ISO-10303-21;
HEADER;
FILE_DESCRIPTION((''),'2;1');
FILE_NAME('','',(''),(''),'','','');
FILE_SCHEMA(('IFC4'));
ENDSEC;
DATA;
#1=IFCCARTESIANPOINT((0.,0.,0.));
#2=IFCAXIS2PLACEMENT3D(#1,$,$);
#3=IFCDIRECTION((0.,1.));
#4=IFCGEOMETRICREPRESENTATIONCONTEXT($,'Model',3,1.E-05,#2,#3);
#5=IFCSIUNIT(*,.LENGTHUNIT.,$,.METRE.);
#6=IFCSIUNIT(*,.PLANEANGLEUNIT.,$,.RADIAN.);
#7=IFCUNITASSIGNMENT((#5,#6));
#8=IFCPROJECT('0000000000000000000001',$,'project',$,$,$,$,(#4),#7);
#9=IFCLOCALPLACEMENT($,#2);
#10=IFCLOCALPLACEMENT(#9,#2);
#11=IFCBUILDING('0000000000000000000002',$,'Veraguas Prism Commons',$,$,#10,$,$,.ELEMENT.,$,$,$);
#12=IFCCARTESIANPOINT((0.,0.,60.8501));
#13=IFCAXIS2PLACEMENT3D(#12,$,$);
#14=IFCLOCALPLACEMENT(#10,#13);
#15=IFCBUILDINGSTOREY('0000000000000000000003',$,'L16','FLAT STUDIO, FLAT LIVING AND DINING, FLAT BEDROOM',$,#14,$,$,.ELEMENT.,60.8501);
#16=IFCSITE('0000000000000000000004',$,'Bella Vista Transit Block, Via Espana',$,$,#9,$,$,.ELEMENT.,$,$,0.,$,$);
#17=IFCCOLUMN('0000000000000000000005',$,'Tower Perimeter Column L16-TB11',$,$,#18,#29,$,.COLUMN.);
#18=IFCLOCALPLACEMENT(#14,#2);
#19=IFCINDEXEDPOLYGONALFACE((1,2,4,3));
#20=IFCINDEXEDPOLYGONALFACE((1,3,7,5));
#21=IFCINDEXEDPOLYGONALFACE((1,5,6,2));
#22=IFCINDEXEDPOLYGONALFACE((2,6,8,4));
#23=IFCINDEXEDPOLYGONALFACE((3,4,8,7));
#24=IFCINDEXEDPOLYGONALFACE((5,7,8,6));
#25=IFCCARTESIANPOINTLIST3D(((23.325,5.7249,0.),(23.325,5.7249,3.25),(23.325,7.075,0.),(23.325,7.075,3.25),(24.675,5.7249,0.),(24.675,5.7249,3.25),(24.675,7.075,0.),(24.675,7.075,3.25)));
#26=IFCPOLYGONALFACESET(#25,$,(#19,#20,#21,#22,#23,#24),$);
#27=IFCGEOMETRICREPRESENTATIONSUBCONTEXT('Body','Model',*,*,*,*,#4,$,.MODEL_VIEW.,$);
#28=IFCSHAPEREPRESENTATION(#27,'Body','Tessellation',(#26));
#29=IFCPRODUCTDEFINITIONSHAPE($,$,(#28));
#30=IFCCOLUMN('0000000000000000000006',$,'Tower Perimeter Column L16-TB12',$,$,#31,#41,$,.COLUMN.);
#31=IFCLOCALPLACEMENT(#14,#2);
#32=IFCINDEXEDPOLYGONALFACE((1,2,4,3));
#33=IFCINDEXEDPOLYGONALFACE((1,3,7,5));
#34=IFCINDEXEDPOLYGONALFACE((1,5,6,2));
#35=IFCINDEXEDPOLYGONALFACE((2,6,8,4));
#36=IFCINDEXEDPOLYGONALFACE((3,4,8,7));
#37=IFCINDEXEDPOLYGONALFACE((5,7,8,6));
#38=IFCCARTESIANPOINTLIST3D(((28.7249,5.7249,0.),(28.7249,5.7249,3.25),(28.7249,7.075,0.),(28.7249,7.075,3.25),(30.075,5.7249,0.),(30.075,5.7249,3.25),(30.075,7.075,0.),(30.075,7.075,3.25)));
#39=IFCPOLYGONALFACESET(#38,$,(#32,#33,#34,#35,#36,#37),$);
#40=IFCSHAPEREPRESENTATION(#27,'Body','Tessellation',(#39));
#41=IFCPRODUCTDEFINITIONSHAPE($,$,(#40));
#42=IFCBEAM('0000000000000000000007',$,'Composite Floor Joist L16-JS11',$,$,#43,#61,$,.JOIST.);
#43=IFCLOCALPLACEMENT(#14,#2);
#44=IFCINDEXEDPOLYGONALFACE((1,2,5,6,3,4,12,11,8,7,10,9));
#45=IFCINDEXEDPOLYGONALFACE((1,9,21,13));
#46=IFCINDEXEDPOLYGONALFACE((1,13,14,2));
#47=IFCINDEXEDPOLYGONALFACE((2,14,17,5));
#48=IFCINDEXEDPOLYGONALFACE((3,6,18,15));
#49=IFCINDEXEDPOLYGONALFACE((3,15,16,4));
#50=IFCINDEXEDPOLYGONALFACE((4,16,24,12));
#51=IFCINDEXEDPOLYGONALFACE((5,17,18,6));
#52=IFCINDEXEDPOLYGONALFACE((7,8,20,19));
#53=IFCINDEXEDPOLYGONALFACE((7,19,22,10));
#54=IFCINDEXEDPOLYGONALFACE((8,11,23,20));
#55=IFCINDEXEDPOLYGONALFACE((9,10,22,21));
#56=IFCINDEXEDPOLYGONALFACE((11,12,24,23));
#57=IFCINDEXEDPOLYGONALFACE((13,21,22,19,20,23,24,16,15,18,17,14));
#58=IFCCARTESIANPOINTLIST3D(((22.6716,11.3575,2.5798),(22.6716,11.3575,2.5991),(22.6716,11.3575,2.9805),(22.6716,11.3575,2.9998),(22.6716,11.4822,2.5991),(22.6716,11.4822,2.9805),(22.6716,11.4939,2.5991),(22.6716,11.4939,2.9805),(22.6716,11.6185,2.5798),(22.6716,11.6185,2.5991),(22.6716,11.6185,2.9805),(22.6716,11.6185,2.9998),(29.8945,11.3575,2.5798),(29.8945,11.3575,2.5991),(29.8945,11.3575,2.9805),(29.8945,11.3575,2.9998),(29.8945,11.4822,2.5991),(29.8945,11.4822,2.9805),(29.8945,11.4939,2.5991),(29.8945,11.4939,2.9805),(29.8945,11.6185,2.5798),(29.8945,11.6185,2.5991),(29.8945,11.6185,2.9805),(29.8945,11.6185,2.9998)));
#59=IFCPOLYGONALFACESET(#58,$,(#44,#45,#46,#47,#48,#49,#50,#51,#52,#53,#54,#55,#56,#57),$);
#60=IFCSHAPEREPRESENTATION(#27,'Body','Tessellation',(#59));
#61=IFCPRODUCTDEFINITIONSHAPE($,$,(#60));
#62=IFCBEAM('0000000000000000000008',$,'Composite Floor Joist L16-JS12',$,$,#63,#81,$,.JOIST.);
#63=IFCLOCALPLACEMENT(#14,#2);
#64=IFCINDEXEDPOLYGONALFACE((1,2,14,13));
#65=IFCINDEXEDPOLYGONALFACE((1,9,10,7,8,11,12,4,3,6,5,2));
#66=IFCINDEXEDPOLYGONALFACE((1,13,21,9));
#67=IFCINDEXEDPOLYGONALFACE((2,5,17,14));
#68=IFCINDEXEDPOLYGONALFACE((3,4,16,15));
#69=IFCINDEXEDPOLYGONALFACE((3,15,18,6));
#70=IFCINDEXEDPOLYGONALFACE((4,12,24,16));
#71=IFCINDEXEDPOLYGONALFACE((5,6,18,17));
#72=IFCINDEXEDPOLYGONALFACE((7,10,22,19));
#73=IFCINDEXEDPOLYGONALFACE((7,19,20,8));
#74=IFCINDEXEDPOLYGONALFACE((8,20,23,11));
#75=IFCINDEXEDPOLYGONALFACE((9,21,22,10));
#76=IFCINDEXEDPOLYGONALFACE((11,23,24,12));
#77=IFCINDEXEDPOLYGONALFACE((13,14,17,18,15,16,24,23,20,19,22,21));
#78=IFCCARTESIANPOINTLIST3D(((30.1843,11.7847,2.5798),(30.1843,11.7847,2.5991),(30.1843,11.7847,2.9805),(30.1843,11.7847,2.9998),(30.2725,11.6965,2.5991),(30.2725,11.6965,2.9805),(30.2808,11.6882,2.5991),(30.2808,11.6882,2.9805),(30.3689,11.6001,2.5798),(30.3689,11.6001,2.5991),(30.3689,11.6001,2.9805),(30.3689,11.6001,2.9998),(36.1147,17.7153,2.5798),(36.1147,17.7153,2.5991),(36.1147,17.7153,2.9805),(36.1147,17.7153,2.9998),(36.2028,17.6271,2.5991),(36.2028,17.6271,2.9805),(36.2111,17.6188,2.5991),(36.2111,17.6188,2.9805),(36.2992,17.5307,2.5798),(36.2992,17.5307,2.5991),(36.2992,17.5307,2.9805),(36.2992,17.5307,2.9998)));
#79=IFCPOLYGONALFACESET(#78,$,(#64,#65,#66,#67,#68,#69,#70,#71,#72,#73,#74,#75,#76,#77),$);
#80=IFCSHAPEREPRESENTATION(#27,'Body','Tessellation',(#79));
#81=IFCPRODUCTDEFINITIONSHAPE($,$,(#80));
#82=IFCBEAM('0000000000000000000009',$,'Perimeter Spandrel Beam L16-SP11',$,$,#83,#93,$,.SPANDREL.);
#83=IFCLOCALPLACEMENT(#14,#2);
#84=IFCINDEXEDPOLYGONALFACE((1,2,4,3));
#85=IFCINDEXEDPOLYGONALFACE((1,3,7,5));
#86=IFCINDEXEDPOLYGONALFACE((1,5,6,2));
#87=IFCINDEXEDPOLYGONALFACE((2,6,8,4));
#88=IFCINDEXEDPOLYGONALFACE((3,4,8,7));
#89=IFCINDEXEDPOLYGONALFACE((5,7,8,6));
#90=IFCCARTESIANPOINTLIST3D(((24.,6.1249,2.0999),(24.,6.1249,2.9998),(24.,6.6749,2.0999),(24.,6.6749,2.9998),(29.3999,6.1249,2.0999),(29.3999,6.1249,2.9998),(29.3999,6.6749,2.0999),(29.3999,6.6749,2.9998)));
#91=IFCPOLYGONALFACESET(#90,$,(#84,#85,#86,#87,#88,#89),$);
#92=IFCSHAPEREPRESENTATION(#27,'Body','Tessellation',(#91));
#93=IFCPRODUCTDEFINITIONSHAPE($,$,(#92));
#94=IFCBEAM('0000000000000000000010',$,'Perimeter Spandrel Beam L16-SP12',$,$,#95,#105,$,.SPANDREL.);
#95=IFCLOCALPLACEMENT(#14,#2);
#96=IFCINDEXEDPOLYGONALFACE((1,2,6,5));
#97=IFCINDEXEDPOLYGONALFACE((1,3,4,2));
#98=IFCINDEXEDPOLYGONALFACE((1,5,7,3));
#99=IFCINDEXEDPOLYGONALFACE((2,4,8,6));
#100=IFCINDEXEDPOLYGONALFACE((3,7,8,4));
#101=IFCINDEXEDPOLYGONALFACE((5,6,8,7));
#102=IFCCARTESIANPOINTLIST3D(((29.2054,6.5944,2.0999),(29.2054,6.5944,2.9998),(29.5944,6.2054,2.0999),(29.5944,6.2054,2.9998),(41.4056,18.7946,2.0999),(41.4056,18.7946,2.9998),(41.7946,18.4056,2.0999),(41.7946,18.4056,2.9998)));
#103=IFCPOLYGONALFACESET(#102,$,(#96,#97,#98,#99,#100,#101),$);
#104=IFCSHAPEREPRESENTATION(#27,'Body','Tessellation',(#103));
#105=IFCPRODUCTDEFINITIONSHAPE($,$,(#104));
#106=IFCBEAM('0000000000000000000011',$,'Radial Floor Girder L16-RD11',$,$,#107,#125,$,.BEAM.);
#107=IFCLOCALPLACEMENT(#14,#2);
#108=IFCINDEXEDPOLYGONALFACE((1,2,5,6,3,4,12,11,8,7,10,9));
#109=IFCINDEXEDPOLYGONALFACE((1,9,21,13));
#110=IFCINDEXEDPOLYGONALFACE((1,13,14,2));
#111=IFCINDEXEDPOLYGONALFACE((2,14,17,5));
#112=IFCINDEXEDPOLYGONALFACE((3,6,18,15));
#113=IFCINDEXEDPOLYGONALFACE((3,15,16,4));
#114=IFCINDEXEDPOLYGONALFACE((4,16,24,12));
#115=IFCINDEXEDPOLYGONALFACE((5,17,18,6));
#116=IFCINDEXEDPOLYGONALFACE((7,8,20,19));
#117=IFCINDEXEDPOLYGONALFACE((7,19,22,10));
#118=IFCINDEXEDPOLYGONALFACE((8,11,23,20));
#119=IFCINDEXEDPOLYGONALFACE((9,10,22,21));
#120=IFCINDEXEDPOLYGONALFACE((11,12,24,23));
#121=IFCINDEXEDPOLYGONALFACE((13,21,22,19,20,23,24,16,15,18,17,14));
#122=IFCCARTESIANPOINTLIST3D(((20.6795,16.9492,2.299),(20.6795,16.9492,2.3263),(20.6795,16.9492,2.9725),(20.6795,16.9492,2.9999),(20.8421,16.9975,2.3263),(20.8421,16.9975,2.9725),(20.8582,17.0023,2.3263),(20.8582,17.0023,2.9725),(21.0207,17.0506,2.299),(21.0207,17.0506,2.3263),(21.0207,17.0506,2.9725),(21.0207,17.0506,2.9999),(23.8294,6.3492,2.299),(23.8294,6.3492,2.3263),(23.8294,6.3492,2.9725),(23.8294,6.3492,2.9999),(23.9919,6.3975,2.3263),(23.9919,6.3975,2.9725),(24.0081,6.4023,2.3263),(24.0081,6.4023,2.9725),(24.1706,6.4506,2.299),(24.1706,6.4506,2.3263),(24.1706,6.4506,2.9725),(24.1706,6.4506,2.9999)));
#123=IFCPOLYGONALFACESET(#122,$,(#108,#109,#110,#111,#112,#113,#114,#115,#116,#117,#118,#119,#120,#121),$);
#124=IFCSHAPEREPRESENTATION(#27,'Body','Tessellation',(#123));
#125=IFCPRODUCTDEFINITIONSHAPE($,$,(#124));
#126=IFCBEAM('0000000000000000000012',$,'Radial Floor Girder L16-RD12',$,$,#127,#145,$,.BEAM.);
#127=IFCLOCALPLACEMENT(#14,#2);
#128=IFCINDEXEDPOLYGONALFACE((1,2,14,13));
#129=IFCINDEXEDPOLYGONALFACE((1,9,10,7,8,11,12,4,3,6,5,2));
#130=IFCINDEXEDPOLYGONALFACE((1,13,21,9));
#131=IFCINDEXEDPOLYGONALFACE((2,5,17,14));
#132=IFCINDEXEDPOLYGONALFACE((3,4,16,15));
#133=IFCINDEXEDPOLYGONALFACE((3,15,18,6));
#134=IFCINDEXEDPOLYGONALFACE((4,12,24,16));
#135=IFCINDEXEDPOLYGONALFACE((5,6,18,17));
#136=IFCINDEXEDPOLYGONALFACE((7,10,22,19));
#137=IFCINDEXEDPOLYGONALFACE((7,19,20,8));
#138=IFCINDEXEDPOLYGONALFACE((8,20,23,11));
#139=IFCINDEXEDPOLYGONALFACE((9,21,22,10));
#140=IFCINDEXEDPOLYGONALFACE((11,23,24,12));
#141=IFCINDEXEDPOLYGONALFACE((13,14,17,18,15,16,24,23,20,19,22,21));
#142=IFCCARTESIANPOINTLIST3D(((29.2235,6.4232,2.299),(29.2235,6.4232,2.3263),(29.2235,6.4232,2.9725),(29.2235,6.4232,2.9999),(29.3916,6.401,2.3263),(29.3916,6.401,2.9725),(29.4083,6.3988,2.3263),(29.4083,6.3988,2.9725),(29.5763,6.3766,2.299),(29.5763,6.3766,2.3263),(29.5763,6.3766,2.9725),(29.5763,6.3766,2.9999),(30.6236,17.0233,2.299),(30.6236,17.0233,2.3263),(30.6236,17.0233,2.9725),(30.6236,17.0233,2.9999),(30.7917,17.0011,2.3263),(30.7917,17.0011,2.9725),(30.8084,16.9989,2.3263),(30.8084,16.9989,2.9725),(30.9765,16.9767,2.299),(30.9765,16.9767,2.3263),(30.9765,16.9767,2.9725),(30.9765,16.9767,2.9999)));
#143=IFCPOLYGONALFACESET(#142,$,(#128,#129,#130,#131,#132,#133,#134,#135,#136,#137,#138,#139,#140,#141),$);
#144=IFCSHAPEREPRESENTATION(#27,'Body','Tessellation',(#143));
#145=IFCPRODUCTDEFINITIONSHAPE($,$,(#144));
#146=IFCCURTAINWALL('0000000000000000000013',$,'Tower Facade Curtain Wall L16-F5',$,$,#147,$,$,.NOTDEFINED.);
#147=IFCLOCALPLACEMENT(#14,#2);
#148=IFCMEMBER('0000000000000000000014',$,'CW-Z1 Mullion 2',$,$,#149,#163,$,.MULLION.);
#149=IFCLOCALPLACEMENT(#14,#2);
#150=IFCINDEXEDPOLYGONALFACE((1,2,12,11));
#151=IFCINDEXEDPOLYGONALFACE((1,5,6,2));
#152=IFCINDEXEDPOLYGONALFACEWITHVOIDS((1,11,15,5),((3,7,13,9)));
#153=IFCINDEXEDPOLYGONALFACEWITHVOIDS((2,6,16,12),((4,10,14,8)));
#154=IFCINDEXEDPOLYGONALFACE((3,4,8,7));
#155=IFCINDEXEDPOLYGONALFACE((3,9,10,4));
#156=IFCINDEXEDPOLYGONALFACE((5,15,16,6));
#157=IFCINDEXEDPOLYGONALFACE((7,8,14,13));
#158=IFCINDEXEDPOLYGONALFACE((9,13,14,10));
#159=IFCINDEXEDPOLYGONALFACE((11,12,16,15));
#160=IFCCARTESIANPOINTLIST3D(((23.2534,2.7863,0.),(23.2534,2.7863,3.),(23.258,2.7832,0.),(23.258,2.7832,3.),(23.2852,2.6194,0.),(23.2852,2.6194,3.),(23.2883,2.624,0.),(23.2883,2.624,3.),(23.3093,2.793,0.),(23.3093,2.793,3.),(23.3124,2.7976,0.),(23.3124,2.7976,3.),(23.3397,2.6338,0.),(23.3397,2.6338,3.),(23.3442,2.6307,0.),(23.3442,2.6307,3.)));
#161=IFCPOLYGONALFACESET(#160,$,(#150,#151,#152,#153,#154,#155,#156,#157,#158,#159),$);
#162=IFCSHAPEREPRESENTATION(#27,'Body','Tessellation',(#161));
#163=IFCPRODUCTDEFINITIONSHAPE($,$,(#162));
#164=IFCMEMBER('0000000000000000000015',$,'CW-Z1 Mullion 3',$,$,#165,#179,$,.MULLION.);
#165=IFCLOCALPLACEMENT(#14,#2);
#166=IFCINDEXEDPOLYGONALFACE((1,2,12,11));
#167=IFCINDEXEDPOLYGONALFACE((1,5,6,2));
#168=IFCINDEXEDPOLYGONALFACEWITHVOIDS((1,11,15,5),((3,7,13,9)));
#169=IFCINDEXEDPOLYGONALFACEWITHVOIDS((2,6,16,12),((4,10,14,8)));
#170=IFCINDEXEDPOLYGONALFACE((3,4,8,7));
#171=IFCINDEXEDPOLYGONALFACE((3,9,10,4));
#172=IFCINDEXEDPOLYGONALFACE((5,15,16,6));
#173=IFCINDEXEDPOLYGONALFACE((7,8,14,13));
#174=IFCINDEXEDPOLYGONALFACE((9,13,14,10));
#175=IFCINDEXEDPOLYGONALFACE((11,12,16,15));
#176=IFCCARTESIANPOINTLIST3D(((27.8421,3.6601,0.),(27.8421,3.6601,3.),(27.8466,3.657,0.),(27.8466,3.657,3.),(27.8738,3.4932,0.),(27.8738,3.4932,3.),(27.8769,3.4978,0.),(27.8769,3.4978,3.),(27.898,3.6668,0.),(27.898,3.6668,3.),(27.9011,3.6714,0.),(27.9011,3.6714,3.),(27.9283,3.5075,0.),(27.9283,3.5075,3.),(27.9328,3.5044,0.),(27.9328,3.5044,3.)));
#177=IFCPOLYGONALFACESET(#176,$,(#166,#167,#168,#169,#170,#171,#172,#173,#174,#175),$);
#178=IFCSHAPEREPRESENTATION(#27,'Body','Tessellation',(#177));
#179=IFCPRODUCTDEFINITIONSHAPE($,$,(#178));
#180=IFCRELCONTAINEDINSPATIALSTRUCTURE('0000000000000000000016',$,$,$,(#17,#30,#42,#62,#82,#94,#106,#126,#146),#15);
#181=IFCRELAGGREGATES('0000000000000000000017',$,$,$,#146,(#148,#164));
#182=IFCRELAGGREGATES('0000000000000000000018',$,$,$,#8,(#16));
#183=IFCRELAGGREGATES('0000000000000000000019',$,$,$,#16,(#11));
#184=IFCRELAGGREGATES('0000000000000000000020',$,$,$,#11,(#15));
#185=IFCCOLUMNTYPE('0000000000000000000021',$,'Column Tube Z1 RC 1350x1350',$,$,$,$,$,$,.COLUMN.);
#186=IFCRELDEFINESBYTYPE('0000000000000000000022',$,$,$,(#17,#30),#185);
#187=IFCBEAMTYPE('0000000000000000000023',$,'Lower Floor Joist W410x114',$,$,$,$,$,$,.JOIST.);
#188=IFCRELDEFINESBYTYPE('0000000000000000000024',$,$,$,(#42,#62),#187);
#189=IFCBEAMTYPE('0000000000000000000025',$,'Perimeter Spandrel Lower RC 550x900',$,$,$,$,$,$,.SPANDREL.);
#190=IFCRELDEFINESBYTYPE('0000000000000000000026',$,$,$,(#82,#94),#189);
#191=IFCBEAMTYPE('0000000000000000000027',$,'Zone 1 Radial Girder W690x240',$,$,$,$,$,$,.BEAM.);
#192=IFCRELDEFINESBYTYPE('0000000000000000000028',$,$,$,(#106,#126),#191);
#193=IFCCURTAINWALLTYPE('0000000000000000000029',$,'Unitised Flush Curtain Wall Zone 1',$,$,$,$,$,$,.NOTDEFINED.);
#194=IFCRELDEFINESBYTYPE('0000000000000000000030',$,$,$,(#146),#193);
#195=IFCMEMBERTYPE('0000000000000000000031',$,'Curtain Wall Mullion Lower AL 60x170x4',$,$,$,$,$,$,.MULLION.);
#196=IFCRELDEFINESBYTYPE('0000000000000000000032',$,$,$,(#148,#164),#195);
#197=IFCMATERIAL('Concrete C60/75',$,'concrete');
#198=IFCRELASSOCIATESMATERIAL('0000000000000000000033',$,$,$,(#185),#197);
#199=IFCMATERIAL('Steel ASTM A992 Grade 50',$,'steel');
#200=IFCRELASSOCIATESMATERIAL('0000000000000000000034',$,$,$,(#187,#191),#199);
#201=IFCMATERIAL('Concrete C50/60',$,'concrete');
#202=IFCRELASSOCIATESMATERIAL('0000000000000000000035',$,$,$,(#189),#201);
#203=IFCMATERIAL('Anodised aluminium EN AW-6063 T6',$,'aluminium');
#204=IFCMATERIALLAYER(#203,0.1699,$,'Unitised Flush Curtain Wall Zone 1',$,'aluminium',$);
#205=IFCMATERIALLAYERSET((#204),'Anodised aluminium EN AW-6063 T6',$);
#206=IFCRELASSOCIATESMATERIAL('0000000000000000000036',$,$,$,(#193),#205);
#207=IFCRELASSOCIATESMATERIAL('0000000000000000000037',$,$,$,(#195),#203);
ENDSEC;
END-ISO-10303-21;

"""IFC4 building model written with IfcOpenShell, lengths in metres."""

from ifc_helpers import new_model, si_unit, direction, frame, origin, origin_2d, place, context, subcontext, project, spatial, rectangle, hollow_rectangle, i_section, extrude, source, transform, mapped, material, layer, layer_set, material_profile, profile_set, type_object, element, aggregate, save


model = new_model("IFC4")

# Units and contexts
model_context = context("Model", 3, precision=1e-05, world=origin(), true_north=direction((0.0, 1.0)))
body_context = subcontext(model_context, "Body", "Model", "MODEL_VIEW")
ifc_project = project(units=[si_unit("LENGTHUNIT", "METRE"), si_unit("PLANEANGLEUNIT", "RADIAN")], contexts=[model_context])

# Site, building, storey
site_placement = place(None, origin())
site = spatial("IfcSite", under=ifc_project, at=site_placement, Name="Bella Vista Transit Block, Via Espana", CompositionType="ELEMENT", RefElevation=0.0)
building_placement = place(site_placement, origin())
building = spatial("IfcBuilding", under=site, at=building_placement, Name="Veraguas Prism Commons", CompositionType="ELEMENT")
storey_placement = place(building_placement, frame((0.0, 0.0, 60.8501)))
storey = spatial("IfcBuildingStorey", under=building, at=storey_placement, Name="L16", Description="FLAT STUDIO, FLAT LIVING AND DINING, FLAT BEDROOM", CompositionType="ELEMENT", Elevation=60.8501)

# Columns
ifc_material_1 = material(Name="Concrete C60/75", Category="concrete")
ifc_material_profile_1 = material_profile(ifc_material_1, rectangle(XDim=1.3501, YDim=1.3501, at=origin_2d()), Name="RC1350X1350")
ifc_profile_set_1 = profile_set([ifc_material_profile_1], Name="Concrete C60/75")
column_type = type_object("IfcColumnType", Name="Column Tube Z1 RC 1350x1350", PredefinedType="COLUMN", material=ifc_profile_set_1)
for number, where, z_axis, x_axis, name in (
    (1, (24.0, 6.3999, 0.0), (0.0, 0.0, 1.0), (1.0, 0.0, 0.0), "Tower Perimeter Column L16-TB11"),
    (2, (29.3999, 6.3999, 0.0), (0.0, 0.0, 1.0), (1.0, 0.0, 0.0), "Tower Perimeter Column L16-TB12"),
):
    element("IfcColumn", number, at=place(storey_placement, frame(where, z_axis=z_axis, x_axis=x_axis)), inside=storey, type_object=column_type, Name=name, PredefinedType="COLUMN", context=body_context, shape_type="SweptSolid", body=[
        extrude(rectangle(XDim=1.3501, YDim=1.3501, at=origin_2d()), origin(), (0.0, 0.0, 1.0), 3.25),
    ])

# Beams
ifc_material_2 = material(Name="Steel ASTM A992 Grade 50", Category="steel")
ifc_material_profile_2 = material_profile(ifc_material_2, i_section(OverallWidth=0.261, OverallDepth=0.4199, WebThickness=0.0117, FlangeThickness=0.0193, at=origin_2d()), Name="W410X114")
ifc_profile_set_2 = profile_set([ifc_material_profile_2], Name="Steel ASTM A992 Grade 50")
beam_type_1 = type_object("IfcBeamType", Name="Lower Floor Joist W410x114", PredefinedType="JOIST", material=ifc_profile_set_2)
beam_1_placement = place(storey_placement, frame((22.6716, 11.488, 2.7898), z_axis=(1.0, 0.0, 0.0), x_axis=(0.0, 1.0, 0.0)))
element("IfcBeam", 3, at=beam_1_placement, inside=storey, type_object=beam_type_1, Name="Composite Floor Joist L16-JS11", PredefinedType="JOIST", context=body_context, shape_type="SweptSolid", body=[
    extrude(i_section(OverallWidth=0.261, OverallDepth=0.4199, WebThickness=0.0117, FlangeThickness=0.0193, at=origin_2d()), origin(), (0.0, 0.0, 1.0), 7.2229),
])
beam_2_placement = place(storey_placement, frame((30.2766, 11.6924, 2.7898), z_axis=(0.707092, 0.707121, 0.0), x_axis=(-0.707121, 0.707092, 0.0)))
element("IfcBeam", 4, at=beam_2_placement, inside=storey, type_object=beam_type_1, Name="Composite Floor Joist L16-JS12", PredefinedType="JOIST", context=body_context, shape_type="SweptSolid", body=[
    extrude(i_section(OverallWidth=0.261, OverallDepth=0.4199, WebThickness=0.0117, FlangeThickness=0.0193, at=origin_2d()), origin(), (0.0, 0.0, 1.0), 8.387),
])
ifc_material_3 = material(Name="Concrete C50/60", Category="concrete")
ifc_material_profile_3 = material_profile(ifc_material_3, rectangle(XDim=0.55, YDim=0.8999, at=origin_2d()), Name="RC550X900")
ifc_profile_set_3 = profile_set([ifc_material_profile_3], Name="Concrete C50/60")
beam_type_2 = type_object("IfcBeamType", Name="Perimeter Spandrel Lower RC 550x900", PredefinedType="SPANDREL", material=ifc_profile_set_3)
beam_3_placement = place(storey_placement, frame((24.0, 6.3999, 2.5498), z_axis=(1.0, 0.0, 0.0), x_axis=(0.0, 1.0, 0.0)))
element("IfcBeam", 5, at=beam_3_placement, inside=storey, type_object=beam_type_2, Name="Perimeter Spandrel Beam L16-SP11", PredefinedType="SPANDREL", context=body_context, shape_type="SweptSolid", body=[
    extrude(rectangle(XDim=0.55, YDim=0.8999, at=origin_2d()), origin(), (0.0, 0.0, 1.0), 5.3999),
])
beam_4_placement = place(storey_placement, frame((29.3999, 6.3999, 2.5498), z_axis=(0.707107, 0.707107, 0.0), x_axis=(-0.707107, 0.707107, 0.0)))
element("IfcBeam", 6, at=beam_4_placement, inside=storey, type_object=beam_type_2, Name="Perimeter Spandrel Beam L16-SP12", PredefinedType="SPANDREL", context=body_context, shape_type="SweptSolid", body=[
    extrude(rectangle(XDim=0.55, YDim=0.8999, at=origin_2d()), origin(), (0.0, 0.0, 1.0), 17.2537),
])
ifc_material_profile_4 = material_profile(ifc_material_2, i_section(OverallWidth=0.356, OverallDepth=0.7009, WebThickness=0.0168, FlangeThickness=0.0273, at=origin_2d()), Name="W690X240")
ifc_profile_set_4 = profile_set([ifc_material_profile_4], Name="Steel ASTM A992 Grade 50")
beam_type_3 = type_object("IfcBeamType", Name="Zone 1 Radial Girder W690x240", PredefinedType="BEAM", material=ifc_profile_set_4)
beam_5_placement = place(storey_placement, frame((24.0, 6.3999, 2.6494), z_axis=(-0.284847, 0.958573, 0.0), x_axis=(-0.958573, -0.284847, 0.0)))
element("IfcBeam", 7, at=beam_5_placement, inside=storey, type_object=beam_type_3, Name="Radial Floor Girder L16-RD11", PredefinedType="BEAM", context=body_context, shape_type="SweptSolid", body=[
    extrude(i_section(OverallWidth=0.356, OverallDepth=0.7009, WebThickness=0.0168, FlangeThickness=0.0273, at=origin_2d()), origin(), (0.0, 0.0, 1.0), 11.0581),
])
beam_6_placement = place(storey_placement, frame((29.3999, 6.3999, 2.6494), z_axis=(0.130951, 0.991389, 0.0), x_axis=(-0.991389, 0.130951, 0.0)))
element("IfcBeam", 8, at=beam_6_placement, inside=storey, type_object=beam_type_3, Name="Radial Floor Girder L16-RD12", PredefinedType="BEAM", context=body_context, shape_type="SweptSolid", body=[
    extrude(i_section(OverallWidth=0.356, OverallDepth=0.7009, WebThickness=0.0168, FlangeThickness=0.0273, at=origin_2d()), origin(), (0.0, 0.0, 1.0), 10.6921),
])

# Curtain wall, members
ifc_material_4 = material(Name="Anodised aluminium EN AW-6063 T6", Category="aluminium")
ifc_layer_1 = layer(ifc_material_4, 0.1699, Name="Unitised Flush Curtain Wall Zone 1", Category="aluminium")
ifc_layer_set_1 = layer_set([ifc_layer_1], Name="Anodised aluminium EN AW-6063 T6")
curtain_wall_type = type_object("IfcCurtainWallType", Name="Unitised Flush Curtain Wall Zone 1", PredefinedType="NOTDEFINED", material=ifc_layer_set_1)
curtain_wall_placement = place(storey_placement, origin())
curtain_wall = element("IfcCurtainWall", 9, at=curtain_wall_placement, inside=storey, type_object=curtain_wall_type, Name="Tower Facade Curtain Wall L16-F5", PredefinedType="NOTDEFINED")
ifc_material_profile_5 = material_profile(ifc_material_4, hollow_rectangle(XDim=0.0601, YDim=0.1699, WallThickness=0.0039, at=origin_2d()), Name="AL60X170X4")
ifc_profile_set_5 = profile_set([ifc_material_profile_5], Name="Anodised aluminium EN AW-6063 T6")
member_type = type_object("IfcMemberType", Name="Curtain Wall Mullion Lower AL 60x170x4", PredefinedType="MULLION", material=ifc_profile_set_5)
shared_shape_1 = source(origin(), body_context, "Body", "SweptSolid", [
    extrude(hollow_rectangle(XDim=0.0601, YDim=0.1699, WallThickness=0.0039, at=origin_2d()), origin(), (0.0, 0.0, 1.0), 3.0),
])
member_1_placement = place(storey_placement, frame((23.2988, 2.7085, 0.0), z_axis=(0.0, 0.0, 1.0), x_axis=(0.982353, 0.187038, 0.0)))
member_1 = element("IfcMember", 10, at=member_1_placement, type_object=member_type, Name="CW-Z1 Mullion 2", PredefinedType="MULLION", context=body_context, shape_type="MappedRepresentation", body=[
    mapped(shared_shape_1, transform((0.0, 0.0, 0.0), scale=1.0)),
])
member_2_placement = place(storey_placement, frame((27.8875, 3.5823, 0.0), z_axis=(0.0, 0.0, 1.0), x_axis=(0.982353, 0.187038, 0.0)))
member_2 = element("IfcMember", 11, at=member_2_placement, type_object=member_type, Name="CW-Z1 Mullion 3", PredefinedType="MULLION", context=body_context, shape_type="MappedRepresentation", body=[
    mapped(shared_shape_1, transform((0.0, 0.0, 0.0), scale=1.0)),
])
aggregate(curtain_wall, [member_1, member_2])

save(model, "model.ifc")
